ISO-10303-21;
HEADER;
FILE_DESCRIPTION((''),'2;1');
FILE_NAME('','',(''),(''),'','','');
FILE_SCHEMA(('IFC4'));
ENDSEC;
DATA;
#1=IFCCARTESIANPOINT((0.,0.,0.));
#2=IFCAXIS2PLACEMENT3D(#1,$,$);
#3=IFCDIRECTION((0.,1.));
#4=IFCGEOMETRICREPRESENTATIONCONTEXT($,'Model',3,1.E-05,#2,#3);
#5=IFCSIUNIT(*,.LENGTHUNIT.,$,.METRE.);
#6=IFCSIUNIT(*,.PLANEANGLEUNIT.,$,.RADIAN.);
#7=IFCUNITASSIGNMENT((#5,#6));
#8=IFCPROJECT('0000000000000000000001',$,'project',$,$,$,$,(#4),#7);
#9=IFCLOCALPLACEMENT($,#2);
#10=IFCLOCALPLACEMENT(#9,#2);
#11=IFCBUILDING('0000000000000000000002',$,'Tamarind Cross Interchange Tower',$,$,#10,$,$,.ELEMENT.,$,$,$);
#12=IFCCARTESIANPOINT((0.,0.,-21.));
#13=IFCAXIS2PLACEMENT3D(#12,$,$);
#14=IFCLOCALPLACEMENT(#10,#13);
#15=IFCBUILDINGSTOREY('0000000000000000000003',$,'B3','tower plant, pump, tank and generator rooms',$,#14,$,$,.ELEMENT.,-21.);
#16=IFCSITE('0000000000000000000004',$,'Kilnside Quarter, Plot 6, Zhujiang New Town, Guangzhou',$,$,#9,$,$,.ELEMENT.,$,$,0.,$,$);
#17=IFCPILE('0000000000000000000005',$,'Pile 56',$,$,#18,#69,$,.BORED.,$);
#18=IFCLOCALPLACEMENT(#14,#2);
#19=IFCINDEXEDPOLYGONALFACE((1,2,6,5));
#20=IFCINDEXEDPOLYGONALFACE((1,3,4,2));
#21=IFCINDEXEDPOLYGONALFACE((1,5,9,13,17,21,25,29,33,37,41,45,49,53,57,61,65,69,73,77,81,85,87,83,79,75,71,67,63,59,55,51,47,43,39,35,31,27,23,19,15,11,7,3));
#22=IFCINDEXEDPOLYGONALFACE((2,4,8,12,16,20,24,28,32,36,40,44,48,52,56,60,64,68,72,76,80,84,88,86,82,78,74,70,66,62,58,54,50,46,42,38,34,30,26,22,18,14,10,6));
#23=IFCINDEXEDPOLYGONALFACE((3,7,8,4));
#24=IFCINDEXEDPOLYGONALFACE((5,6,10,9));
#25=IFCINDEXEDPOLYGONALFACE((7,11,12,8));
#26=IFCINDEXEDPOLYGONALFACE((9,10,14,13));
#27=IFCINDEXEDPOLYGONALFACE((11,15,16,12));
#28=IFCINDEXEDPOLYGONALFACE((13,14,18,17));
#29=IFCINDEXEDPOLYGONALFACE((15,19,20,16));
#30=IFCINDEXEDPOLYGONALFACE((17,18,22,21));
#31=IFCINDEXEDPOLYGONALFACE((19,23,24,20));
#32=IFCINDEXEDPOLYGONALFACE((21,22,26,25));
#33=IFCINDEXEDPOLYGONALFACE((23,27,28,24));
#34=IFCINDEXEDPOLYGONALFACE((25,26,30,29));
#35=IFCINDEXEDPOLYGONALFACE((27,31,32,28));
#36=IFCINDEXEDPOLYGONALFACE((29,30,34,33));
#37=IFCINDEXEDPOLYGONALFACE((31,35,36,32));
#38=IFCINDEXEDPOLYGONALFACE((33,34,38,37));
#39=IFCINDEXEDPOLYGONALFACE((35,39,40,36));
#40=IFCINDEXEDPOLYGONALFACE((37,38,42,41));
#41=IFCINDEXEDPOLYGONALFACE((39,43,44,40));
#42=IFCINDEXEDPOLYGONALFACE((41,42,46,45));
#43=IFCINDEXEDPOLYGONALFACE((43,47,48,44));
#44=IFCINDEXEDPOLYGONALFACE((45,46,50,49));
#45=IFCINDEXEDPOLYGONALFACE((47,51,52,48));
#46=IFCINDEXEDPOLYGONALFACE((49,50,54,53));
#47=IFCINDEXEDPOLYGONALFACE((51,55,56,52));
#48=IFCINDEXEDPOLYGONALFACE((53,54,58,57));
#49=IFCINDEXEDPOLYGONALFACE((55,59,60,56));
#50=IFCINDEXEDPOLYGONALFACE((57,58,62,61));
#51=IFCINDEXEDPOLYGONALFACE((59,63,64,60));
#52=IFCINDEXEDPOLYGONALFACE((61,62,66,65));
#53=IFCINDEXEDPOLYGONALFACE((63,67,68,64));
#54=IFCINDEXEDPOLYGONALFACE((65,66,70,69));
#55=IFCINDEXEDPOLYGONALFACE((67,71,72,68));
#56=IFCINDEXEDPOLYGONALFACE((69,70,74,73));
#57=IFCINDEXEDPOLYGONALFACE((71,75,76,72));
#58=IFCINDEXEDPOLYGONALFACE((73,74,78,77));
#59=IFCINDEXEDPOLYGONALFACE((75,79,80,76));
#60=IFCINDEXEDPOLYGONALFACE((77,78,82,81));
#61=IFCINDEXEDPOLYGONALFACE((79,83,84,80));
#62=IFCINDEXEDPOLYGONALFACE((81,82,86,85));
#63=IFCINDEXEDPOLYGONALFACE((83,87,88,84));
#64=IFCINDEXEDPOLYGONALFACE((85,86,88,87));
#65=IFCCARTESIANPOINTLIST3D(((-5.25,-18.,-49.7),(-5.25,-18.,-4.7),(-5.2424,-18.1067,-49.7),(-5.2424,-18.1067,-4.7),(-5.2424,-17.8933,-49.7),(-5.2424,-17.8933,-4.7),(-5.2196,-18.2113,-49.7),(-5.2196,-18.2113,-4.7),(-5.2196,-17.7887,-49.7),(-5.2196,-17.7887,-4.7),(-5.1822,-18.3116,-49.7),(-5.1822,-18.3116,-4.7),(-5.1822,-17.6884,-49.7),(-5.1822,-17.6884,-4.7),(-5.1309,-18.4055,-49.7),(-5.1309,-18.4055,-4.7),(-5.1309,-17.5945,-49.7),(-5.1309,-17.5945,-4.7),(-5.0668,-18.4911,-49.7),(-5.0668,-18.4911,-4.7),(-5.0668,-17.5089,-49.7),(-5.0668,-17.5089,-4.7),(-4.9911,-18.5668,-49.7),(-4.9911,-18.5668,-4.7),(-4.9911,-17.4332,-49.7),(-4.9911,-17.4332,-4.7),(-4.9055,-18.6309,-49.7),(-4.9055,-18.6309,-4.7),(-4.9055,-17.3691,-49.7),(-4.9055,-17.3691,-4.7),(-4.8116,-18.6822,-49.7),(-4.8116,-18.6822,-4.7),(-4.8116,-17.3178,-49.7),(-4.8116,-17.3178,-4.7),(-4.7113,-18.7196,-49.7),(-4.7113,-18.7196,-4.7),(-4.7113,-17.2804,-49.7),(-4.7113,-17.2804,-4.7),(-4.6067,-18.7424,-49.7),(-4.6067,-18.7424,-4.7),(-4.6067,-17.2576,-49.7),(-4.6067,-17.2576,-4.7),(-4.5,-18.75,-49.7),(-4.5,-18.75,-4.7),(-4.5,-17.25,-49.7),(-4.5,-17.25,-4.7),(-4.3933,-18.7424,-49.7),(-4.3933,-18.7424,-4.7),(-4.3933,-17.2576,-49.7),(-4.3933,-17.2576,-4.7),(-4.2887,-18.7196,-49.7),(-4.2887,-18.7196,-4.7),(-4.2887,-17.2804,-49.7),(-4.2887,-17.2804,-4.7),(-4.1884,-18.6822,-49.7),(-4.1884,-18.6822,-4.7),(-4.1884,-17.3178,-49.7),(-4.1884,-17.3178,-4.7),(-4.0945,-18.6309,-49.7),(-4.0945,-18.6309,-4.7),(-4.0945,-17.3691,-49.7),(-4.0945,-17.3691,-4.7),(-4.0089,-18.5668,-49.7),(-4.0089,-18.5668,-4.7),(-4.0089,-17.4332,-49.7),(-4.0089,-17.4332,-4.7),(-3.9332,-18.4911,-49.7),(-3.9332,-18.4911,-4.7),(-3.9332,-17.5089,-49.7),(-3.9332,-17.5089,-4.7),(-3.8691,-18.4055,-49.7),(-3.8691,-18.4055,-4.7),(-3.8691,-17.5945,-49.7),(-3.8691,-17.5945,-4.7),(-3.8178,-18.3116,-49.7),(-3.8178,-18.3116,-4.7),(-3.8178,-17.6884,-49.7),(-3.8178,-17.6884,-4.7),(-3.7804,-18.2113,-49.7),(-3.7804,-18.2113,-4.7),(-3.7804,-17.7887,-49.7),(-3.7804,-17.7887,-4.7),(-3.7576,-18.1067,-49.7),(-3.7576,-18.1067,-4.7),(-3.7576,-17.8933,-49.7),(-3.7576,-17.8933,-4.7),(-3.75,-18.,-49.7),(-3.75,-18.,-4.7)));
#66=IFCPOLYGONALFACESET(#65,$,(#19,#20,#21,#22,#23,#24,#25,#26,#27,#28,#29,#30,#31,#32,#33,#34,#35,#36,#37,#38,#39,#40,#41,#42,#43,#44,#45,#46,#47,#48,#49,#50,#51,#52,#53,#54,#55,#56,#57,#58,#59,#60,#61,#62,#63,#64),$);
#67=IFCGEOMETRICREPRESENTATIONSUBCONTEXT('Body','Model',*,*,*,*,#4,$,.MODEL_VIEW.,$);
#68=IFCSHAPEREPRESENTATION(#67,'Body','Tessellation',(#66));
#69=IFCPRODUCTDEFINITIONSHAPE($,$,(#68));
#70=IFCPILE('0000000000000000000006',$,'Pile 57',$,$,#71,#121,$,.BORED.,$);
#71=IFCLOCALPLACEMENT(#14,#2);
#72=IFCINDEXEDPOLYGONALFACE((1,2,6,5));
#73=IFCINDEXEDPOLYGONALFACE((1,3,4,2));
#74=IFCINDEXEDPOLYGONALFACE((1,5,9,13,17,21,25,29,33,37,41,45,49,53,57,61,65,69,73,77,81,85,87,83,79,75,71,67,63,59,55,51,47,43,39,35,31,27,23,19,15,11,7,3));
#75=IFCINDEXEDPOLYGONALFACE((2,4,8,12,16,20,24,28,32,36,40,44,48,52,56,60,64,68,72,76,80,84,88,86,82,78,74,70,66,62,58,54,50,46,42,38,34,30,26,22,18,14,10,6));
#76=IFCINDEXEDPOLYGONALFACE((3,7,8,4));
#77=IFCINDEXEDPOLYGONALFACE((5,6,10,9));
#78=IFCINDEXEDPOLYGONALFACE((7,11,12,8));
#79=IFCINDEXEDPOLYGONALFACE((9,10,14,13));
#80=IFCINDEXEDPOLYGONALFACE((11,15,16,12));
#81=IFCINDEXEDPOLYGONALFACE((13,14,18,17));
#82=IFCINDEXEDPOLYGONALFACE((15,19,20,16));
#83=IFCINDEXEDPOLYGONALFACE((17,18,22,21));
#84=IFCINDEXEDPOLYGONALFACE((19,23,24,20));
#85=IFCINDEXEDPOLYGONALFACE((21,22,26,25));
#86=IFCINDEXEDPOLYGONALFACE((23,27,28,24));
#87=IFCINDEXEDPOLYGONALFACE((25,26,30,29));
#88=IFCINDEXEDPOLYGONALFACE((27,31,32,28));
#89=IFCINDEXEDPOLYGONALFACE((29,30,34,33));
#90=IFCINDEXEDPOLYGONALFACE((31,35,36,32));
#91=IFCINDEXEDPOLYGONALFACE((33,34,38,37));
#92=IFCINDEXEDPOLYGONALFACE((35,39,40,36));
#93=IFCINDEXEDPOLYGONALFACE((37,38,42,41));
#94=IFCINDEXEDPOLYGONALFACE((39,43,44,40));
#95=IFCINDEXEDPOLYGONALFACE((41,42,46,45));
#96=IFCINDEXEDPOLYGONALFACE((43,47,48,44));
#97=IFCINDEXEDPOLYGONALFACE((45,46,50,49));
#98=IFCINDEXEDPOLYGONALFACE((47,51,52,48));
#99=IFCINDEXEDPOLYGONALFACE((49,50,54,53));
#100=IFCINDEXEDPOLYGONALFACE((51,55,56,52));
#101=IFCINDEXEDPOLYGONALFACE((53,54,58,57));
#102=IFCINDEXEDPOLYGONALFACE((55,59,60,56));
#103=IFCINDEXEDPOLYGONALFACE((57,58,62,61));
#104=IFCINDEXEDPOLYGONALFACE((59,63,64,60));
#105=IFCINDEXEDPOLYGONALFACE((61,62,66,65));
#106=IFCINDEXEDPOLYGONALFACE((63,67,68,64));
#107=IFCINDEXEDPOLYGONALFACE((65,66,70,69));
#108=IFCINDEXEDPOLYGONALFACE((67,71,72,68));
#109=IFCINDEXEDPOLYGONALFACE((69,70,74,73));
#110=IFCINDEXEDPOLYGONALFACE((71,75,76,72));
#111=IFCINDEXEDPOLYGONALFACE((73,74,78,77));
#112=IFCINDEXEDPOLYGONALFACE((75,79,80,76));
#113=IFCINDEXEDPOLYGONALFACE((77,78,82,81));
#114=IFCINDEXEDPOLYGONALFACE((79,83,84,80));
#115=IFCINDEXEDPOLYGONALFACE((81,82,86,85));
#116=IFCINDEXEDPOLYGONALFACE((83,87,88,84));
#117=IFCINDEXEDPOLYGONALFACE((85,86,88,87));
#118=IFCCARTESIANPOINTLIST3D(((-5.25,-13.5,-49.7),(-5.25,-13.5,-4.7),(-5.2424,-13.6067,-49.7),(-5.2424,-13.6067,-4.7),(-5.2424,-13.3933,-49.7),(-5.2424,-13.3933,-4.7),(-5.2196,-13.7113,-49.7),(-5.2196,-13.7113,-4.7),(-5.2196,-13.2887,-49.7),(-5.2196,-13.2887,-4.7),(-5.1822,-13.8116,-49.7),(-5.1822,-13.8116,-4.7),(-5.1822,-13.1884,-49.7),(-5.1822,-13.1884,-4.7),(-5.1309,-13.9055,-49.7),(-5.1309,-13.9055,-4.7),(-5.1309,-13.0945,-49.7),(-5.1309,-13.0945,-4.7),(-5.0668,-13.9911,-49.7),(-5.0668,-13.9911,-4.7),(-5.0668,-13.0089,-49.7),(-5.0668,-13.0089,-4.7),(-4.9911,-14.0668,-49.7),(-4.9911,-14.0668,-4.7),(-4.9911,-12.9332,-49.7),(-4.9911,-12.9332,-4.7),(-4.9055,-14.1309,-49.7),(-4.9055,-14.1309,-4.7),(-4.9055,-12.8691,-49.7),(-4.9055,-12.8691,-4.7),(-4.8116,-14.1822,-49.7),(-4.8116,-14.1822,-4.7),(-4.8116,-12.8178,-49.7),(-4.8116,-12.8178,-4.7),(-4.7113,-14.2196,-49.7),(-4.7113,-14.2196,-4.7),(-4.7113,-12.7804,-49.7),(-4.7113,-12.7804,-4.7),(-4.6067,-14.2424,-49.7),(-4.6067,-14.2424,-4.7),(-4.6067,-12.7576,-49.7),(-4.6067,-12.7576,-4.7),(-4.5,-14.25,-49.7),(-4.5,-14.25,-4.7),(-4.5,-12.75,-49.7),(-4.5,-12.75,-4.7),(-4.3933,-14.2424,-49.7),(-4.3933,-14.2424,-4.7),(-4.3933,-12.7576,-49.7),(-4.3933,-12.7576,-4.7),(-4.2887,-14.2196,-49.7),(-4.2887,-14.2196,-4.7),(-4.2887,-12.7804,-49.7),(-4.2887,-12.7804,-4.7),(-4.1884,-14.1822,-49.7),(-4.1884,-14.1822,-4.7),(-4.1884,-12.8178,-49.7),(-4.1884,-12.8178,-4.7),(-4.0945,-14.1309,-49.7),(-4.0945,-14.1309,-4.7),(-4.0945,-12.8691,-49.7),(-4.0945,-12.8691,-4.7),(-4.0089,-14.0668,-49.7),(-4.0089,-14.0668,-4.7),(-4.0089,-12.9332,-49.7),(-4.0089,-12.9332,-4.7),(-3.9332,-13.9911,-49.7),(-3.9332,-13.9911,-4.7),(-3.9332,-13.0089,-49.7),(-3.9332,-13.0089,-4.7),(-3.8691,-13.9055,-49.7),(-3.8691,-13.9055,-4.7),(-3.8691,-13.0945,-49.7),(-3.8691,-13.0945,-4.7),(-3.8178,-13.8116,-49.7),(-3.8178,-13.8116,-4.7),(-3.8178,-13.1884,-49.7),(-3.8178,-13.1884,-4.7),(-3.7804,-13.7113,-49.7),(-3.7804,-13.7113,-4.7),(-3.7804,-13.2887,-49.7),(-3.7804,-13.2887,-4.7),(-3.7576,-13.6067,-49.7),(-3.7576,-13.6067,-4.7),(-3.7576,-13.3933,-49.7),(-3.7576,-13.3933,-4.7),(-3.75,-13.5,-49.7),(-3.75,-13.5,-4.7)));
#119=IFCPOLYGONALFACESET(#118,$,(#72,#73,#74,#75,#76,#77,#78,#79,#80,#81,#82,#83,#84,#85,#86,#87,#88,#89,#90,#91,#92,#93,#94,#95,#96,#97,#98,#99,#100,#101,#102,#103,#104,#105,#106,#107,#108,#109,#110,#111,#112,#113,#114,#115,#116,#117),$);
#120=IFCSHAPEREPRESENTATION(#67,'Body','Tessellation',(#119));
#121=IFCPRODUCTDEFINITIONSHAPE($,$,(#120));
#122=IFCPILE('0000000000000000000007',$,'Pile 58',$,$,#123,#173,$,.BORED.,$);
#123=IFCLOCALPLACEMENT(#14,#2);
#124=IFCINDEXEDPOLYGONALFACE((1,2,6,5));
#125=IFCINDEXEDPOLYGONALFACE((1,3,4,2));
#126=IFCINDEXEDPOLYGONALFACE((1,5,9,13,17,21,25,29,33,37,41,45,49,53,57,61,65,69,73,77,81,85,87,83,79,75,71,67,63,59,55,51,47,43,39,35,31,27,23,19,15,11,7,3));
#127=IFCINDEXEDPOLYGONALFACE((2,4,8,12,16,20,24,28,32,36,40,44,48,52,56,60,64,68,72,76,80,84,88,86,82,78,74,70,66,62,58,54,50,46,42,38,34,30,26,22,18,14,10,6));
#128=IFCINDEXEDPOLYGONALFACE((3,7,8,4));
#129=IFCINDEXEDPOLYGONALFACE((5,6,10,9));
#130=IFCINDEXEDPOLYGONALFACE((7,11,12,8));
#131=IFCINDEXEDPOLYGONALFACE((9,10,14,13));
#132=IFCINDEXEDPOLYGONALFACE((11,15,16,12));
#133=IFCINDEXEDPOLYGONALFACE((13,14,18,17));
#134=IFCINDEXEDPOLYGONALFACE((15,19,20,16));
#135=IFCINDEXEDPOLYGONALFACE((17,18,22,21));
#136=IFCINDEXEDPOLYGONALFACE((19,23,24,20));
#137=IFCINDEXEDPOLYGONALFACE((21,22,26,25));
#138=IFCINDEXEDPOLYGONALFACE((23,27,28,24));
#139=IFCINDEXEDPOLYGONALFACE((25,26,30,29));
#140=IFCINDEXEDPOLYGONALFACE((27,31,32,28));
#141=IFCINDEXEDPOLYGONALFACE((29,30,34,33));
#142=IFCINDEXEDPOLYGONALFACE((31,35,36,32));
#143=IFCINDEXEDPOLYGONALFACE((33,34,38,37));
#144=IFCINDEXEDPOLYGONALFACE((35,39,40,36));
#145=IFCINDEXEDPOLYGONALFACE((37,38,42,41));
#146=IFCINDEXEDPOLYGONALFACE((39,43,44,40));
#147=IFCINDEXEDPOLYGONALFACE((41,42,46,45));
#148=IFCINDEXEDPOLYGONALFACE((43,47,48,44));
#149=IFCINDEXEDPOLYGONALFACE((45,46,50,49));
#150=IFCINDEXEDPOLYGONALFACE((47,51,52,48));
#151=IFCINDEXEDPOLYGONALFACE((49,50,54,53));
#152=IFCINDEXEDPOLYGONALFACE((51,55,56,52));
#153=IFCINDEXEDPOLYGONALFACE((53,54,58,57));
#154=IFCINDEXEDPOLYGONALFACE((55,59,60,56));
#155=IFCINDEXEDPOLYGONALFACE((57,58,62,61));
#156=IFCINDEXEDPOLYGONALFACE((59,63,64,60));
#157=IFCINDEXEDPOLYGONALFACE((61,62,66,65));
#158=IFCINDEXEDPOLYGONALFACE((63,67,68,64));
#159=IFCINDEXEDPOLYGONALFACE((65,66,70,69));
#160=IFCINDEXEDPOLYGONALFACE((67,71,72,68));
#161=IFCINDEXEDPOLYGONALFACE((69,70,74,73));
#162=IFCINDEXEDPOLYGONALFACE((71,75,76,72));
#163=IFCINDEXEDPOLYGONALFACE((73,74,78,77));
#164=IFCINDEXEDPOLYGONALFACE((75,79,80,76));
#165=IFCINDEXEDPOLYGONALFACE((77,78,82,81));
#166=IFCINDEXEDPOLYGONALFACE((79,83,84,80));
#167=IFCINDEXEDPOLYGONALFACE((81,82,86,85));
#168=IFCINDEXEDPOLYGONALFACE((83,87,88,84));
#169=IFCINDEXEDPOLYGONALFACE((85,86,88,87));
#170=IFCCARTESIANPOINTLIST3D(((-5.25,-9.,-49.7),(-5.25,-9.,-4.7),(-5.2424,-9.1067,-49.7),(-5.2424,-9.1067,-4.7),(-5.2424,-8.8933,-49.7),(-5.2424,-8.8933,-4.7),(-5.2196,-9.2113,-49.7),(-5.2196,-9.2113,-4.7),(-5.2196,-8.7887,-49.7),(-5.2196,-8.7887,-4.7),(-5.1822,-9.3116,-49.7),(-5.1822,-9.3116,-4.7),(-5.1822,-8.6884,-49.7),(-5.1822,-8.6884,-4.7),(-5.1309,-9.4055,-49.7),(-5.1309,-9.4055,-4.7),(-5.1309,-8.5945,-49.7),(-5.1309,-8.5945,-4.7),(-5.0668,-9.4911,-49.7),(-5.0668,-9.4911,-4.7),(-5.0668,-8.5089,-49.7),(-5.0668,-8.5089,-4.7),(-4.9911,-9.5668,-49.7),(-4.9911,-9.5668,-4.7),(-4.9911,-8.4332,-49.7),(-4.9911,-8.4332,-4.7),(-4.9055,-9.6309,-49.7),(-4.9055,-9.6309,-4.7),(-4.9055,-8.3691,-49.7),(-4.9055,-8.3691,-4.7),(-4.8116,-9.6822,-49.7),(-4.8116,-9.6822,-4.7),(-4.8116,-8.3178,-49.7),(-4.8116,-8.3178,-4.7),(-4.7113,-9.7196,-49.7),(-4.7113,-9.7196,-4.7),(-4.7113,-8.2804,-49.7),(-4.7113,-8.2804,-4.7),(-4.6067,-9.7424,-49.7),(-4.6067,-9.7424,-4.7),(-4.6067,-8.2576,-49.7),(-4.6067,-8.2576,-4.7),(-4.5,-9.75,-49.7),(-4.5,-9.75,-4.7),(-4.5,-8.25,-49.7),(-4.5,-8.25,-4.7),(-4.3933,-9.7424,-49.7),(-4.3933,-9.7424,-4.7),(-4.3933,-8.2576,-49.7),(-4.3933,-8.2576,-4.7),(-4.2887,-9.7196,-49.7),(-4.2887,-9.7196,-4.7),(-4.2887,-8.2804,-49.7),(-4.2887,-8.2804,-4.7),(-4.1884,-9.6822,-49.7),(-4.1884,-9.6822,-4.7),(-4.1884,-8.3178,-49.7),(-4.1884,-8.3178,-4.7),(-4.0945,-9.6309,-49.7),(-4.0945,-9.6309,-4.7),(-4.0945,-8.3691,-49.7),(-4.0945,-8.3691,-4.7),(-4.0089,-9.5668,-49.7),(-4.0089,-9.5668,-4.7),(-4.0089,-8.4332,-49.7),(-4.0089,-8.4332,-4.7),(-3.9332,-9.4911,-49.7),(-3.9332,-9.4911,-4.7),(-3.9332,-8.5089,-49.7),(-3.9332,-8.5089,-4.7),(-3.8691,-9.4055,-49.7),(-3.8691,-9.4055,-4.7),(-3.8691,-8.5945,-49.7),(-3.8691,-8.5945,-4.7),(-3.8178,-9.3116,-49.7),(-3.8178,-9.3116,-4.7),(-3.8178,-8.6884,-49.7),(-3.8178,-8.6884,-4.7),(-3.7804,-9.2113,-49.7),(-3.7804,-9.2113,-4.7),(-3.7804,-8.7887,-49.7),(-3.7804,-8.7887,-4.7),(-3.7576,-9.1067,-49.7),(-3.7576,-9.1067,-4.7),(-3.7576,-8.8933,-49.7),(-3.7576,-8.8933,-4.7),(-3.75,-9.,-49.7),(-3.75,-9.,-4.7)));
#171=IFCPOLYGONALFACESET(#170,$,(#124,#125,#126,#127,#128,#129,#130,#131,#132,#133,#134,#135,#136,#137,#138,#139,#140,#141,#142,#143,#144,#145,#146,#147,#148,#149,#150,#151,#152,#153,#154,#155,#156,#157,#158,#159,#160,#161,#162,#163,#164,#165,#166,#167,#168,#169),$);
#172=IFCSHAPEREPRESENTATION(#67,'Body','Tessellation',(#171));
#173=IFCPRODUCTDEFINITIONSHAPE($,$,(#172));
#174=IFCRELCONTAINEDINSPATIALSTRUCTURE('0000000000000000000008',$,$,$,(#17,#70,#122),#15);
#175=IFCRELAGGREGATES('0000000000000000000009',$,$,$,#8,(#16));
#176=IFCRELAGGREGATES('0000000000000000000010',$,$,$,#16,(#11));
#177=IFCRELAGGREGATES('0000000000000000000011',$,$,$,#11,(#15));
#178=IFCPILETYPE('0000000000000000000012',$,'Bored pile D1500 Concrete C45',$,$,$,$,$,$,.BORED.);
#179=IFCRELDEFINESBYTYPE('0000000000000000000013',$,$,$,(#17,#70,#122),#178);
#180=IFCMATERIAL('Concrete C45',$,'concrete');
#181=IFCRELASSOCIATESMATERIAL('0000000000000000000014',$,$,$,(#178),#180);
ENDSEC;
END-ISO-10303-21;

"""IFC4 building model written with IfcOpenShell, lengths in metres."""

from ifc_helpers import new_model, si_unit, direction, frame, origin, origin_2d, place, context, subcontext, project, spatial, circle, extrude, material, material_profile, profile_set, type_object, element, save


model = new_model("IFC4")

# Units and contexts
model_context = context("Model", 3, precision=1e-05, world=origin(), true_north=direction((0.0, 1.0)))
body_context = subcontext(model_context, "Body", "Model", "MODEL_VIEW")
ifc_project = project(units=[si_unit("LENGTHUNIT", "METRE"), si_unit("PLANEANGLEUNIT", "RADIAN")], contexts=[model_context])

# Site, building, storey
site_placement = place(None, origin())
site = spatial("IfcSite", under=ifc_project, at=site_placement, Name="Kilnside Quarter, Plot 6, Zhujiang New Town, Guangzhou", CompositionType="ELEMENT", RefElevation=0.0)
building_placement = place(site_placement, origin())
building = spatial("IfcBuilding", under=site, at=building_placement, Name="Tamarind Cross Interchange Tower", CompositionType="ELEMENT")
storey_placement = place(building_placement, frame((0.0, 0.0, -21.0)))
storey = spatial("IfcBuildingStorey", under=building, at=storey_placement, Name="B3", Description="tower plant, pump, tank and generator rooms", CompositionType="ELEMENT", Elevation=-21.0)

# Piles
ifc_material_1 = material(Name="Concrete C45", Category="concrete")
ifc_material_profile = material_profile(ifc_material_1, circle(Radius=0.75, at=origin_2d()), Name="RC D1500")
ifc_profile_set = profile_set([ifc_material_profile], Name="Concrete C45")
pile_type = type_object("IfcPileType", Name="Bored pile D1500 Concrete C45", PredefinedType="BORED", material=ifc_profile_set)
for number, where, z_axis, x_axis, name in (
    (1, (-4.5, -18.0, -4.7), (0.0, 0.0, -1.0), (1.0, 0.0, 0.0), "Pile 56"),
    (2, (-4.5, -13.5, -4.7), (0.0, 0.0, -1.0), (1.0, 0.0, 0.0), "Pile 57"),
    (3, (-4.5, -9.0, -4.7), (0.0, 0.0, -1.0), (1.0, 0.0, 0.0), "Pile 58"),
):
    element("IfcPile", number, at=place(storey_placement, frame(where, z_axis=z_axis, x_axis=x_axis)), inside=storey, type_object=pile_type, Name=name, PredefinedType="BORED", context=body_context, shape_type="SweptSolid", body=[
        extrude(circle(Radius=0.75, at=origin_2d()), origin(), (0.0, 0.0, 1.0), 45.0),
    ])

save(model, "model.ifc")
